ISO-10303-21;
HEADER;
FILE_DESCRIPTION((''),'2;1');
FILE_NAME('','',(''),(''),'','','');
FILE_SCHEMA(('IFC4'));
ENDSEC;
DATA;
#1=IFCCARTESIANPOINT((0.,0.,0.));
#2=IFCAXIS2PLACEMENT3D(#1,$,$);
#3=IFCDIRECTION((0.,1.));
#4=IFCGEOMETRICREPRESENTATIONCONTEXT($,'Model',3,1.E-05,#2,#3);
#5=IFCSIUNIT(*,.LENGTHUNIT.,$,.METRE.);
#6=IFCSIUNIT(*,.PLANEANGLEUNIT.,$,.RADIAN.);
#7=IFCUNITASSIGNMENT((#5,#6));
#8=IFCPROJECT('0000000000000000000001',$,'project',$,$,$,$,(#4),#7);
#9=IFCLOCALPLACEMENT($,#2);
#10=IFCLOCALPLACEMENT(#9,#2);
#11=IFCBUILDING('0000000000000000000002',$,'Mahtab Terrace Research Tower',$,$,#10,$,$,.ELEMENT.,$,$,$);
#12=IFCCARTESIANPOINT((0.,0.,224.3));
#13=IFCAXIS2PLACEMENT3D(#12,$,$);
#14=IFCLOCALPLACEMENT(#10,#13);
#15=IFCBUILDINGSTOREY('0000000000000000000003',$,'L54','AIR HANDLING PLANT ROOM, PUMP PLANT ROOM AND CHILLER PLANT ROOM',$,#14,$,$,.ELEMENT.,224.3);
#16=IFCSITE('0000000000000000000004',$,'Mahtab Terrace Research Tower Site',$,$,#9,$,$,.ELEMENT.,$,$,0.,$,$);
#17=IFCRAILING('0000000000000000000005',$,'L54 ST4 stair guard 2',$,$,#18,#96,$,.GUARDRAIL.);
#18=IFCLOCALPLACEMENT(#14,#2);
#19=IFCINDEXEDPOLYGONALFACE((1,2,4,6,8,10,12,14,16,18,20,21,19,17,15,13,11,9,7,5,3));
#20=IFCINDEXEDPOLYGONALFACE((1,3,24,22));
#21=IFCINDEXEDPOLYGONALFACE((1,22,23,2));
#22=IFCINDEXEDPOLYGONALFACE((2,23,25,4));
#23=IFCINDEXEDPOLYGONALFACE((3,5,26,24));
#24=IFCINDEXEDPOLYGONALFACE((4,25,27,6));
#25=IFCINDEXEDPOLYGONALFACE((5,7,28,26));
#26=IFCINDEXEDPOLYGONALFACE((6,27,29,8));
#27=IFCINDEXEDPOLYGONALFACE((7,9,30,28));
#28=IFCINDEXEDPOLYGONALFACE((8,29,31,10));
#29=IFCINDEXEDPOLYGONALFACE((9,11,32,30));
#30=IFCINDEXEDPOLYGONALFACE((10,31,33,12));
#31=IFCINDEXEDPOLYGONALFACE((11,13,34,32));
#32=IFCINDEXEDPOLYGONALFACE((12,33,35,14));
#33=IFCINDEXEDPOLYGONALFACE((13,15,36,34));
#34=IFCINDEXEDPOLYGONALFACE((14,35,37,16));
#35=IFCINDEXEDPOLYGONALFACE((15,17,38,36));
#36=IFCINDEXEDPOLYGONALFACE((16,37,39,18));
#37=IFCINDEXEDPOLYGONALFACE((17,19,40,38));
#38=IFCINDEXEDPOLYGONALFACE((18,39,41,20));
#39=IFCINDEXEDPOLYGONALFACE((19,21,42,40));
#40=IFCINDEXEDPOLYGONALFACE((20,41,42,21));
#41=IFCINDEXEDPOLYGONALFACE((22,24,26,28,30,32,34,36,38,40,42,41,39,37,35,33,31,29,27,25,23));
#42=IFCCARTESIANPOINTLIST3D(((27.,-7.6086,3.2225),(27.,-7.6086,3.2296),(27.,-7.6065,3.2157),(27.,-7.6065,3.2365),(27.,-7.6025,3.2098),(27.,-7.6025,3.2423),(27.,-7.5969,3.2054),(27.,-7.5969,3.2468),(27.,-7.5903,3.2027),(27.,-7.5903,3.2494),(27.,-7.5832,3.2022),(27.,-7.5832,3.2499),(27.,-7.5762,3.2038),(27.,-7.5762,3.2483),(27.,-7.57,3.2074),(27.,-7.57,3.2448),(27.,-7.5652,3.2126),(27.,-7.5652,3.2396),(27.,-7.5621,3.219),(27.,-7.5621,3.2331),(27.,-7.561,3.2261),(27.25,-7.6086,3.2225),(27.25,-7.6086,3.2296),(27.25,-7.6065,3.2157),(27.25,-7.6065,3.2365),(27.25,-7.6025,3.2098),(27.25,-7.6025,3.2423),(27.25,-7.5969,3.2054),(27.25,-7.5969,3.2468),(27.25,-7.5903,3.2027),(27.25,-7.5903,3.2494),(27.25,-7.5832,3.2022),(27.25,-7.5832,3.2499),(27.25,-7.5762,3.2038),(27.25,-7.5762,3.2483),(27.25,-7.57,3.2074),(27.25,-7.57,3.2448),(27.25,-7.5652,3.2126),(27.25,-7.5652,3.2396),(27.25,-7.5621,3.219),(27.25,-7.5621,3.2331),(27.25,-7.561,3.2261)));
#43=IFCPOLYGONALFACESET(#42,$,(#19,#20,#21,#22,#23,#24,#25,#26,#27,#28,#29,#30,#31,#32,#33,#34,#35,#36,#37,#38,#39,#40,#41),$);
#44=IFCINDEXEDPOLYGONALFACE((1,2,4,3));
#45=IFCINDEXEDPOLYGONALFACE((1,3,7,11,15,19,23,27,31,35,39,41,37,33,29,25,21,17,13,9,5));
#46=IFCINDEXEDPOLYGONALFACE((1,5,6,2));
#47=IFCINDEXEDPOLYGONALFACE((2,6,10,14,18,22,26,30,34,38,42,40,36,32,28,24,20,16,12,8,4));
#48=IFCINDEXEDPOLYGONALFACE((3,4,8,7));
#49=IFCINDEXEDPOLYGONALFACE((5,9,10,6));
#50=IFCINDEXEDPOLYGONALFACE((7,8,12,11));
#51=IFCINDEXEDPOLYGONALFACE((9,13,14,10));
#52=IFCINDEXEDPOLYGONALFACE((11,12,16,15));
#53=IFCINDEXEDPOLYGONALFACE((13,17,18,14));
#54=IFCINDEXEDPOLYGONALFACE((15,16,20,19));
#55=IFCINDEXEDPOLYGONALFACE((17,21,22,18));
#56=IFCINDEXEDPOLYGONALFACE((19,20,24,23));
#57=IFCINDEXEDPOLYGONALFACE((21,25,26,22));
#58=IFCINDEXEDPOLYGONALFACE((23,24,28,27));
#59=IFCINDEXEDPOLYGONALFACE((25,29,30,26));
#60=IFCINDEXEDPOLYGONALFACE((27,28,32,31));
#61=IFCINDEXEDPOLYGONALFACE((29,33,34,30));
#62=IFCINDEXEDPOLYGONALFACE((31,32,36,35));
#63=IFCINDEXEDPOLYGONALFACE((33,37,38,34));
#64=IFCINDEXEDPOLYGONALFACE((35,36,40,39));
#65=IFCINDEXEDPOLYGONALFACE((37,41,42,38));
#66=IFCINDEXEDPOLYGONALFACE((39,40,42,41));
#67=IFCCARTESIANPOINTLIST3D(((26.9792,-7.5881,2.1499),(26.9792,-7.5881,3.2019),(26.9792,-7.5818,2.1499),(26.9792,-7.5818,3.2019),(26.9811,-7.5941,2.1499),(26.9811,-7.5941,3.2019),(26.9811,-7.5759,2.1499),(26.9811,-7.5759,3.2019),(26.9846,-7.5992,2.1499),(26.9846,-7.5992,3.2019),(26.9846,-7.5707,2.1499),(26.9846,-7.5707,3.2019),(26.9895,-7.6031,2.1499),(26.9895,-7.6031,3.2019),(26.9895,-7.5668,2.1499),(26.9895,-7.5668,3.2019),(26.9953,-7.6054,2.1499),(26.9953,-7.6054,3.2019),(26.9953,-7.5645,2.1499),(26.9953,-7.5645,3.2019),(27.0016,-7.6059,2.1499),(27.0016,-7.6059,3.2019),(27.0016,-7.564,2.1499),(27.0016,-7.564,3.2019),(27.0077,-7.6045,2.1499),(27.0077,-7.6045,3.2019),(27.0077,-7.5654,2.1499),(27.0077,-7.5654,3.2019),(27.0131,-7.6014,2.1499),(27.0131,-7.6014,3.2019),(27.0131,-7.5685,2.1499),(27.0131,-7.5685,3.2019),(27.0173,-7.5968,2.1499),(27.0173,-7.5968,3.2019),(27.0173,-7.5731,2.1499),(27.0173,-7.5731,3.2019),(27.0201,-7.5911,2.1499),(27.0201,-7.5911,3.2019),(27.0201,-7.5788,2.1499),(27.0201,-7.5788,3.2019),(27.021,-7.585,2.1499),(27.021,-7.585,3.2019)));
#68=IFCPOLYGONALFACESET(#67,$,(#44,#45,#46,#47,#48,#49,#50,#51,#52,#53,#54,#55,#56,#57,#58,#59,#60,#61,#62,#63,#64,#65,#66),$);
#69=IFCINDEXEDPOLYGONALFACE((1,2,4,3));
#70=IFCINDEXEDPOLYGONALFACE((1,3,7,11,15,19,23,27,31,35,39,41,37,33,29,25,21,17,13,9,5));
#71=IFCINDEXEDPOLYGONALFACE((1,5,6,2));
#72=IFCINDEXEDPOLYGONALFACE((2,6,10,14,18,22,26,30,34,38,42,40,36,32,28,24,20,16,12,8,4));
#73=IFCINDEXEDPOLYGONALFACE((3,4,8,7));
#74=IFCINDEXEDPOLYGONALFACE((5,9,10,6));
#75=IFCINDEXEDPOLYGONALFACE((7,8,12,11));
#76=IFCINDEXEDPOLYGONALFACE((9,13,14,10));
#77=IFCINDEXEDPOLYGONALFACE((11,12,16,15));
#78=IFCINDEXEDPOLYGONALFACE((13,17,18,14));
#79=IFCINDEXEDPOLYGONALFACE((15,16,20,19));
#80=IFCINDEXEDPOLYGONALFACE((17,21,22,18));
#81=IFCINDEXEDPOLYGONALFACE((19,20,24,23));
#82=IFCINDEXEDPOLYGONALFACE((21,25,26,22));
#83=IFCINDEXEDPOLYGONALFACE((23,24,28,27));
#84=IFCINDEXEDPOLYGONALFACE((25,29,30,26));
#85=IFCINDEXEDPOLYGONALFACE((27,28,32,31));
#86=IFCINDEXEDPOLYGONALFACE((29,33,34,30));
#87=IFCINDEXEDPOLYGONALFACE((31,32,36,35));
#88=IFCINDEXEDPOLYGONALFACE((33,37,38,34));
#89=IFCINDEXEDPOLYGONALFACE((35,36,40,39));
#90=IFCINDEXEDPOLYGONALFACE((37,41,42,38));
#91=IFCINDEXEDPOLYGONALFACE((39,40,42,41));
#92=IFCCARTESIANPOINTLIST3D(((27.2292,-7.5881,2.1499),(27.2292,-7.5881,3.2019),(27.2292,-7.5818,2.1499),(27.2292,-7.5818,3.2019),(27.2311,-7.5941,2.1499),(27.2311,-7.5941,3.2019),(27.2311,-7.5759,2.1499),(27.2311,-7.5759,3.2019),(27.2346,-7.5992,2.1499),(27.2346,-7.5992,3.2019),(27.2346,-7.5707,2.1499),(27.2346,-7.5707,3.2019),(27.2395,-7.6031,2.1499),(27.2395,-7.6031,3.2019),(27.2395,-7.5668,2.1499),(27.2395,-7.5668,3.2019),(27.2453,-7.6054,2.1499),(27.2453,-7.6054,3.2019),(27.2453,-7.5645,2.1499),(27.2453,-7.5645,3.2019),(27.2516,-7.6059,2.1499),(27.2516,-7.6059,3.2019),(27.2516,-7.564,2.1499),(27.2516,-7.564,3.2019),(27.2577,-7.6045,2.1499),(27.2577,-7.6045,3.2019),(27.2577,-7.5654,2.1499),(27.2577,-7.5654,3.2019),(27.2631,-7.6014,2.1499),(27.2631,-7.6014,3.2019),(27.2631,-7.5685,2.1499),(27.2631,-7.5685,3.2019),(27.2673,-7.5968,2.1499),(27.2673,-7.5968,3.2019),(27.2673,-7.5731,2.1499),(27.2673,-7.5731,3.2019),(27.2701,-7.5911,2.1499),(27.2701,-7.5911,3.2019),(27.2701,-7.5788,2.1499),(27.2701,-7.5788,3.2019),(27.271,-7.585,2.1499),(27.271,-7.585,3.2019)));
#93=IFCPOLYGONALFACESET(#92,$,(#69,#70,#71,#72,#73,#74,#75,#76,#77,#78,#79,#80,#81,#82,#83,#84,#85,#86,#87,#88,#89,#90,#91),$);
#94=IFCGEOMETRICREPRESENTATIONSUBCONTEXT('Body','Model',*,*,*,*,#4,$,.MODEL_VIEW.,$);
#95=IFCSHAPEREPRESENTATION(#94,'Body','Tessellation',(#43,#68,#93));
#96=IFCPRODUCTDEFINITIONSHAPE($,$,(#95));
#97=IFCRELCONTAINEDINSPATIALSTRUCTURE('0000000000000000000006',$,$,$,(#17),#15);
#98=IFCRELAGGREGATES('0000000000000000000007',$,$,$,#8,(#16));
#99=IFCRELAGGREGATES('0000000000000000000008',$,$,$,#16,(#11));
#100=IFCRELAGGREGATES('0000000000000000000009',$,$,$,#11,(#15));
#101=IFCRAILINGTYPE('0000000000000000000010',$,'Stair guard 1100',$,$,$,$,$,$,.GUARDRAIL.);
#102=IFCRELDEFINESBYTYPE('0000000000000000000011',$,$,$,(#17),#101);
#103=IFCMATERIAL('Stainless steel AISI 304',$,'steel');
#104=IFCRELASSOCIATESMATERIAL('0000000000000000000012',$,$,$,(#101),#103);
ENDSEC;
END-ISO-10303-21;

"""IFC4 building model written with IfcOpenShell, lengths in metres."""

from ifc_helpers import new_model, si_unit, direction, frame, origin, origin_2d, place, context, subcontext, project, spatial, circle, extrude, material, type_object, element, save


model = new_model("IFC4")

# Units and contexts
model_context = context("Model", 3, precision=1e-05, world=origin(), true_north=direction((0.0, 1.0)))
body_context = subcontext(model_context, "Body", "Model", "MODEL_VIEW")
ifc_project = project(units=[si_unit("LENGTHUNIT", "METRE"), si_unit("PLANEANGLEUNIT", "RADIAN")], contexts=[model_context])

# Site, building, storey
site_placement = place(None, origin())
site = spatial("IfcSite", under=ifc_project, at=site_placement, Name="Mahtab Terrace Research Tower Site", CompositionType="ELEMENT", RefElevation=0.0)
building_placement = place(site_placement, origin())
building = spatial("IfcBuilding", under=site, at=building_placement, Name="Mahtab Terrace Research Tower", CompositionType="ELEMENT")
storey_placement = place(building_placement, frame((0.0, 0.0, 224.3)))
storey = spatial("IfcBuildingStorey", under=building, at=storey_placement, Name="L54", Description="AIR HANDLING PLANT ROOM, PUMP PLANT ROOM AND CHILLER PLANT ROOM", CompositionType="ELEMENT", Elevation=224.3)

# Railing
ifc_material_1 = material(Name="Stainless steel AISI 304", Category="steel")
railing_type_1 = type_object("IfcRailingType", Name="Stair guard 1100", PredefinedType="GUARDRAIL", material=ifc_material_1)
railing_1_placement = place(storey_placement, frame((27.0, -7.585, 2.1499)))
element("IfcRailing", 1, at=railing_1_placement, inside=storey, type_object=railing_type_1, Name="L54 ST4 stair guard 2", PredefinedType="GUARDRAIL", context=body_context, shape_type="SweptSolid", body=[
    extrude(circle(Radius=0.0239, at=origin_2d()), frame((0.0, 0.0, 1.0762), z_axis=(1.0, 0.0, 0.0), x_axis=(0.0, 1.0, 0.0)), (0.0, 0.0, 1.0), 0.25),
    extrude(circle(Radius=0.021, at=origin_2d()), origin(), (0.0, 0.0, 1.0), 1.052),
    extrude(circle(Radius=0.021, at=origin_2d()), frame((0.25, 0.0, 0.0)), (0.0, 0.0, 1.0), 1.052),
])

save(model, "model.ifc")
